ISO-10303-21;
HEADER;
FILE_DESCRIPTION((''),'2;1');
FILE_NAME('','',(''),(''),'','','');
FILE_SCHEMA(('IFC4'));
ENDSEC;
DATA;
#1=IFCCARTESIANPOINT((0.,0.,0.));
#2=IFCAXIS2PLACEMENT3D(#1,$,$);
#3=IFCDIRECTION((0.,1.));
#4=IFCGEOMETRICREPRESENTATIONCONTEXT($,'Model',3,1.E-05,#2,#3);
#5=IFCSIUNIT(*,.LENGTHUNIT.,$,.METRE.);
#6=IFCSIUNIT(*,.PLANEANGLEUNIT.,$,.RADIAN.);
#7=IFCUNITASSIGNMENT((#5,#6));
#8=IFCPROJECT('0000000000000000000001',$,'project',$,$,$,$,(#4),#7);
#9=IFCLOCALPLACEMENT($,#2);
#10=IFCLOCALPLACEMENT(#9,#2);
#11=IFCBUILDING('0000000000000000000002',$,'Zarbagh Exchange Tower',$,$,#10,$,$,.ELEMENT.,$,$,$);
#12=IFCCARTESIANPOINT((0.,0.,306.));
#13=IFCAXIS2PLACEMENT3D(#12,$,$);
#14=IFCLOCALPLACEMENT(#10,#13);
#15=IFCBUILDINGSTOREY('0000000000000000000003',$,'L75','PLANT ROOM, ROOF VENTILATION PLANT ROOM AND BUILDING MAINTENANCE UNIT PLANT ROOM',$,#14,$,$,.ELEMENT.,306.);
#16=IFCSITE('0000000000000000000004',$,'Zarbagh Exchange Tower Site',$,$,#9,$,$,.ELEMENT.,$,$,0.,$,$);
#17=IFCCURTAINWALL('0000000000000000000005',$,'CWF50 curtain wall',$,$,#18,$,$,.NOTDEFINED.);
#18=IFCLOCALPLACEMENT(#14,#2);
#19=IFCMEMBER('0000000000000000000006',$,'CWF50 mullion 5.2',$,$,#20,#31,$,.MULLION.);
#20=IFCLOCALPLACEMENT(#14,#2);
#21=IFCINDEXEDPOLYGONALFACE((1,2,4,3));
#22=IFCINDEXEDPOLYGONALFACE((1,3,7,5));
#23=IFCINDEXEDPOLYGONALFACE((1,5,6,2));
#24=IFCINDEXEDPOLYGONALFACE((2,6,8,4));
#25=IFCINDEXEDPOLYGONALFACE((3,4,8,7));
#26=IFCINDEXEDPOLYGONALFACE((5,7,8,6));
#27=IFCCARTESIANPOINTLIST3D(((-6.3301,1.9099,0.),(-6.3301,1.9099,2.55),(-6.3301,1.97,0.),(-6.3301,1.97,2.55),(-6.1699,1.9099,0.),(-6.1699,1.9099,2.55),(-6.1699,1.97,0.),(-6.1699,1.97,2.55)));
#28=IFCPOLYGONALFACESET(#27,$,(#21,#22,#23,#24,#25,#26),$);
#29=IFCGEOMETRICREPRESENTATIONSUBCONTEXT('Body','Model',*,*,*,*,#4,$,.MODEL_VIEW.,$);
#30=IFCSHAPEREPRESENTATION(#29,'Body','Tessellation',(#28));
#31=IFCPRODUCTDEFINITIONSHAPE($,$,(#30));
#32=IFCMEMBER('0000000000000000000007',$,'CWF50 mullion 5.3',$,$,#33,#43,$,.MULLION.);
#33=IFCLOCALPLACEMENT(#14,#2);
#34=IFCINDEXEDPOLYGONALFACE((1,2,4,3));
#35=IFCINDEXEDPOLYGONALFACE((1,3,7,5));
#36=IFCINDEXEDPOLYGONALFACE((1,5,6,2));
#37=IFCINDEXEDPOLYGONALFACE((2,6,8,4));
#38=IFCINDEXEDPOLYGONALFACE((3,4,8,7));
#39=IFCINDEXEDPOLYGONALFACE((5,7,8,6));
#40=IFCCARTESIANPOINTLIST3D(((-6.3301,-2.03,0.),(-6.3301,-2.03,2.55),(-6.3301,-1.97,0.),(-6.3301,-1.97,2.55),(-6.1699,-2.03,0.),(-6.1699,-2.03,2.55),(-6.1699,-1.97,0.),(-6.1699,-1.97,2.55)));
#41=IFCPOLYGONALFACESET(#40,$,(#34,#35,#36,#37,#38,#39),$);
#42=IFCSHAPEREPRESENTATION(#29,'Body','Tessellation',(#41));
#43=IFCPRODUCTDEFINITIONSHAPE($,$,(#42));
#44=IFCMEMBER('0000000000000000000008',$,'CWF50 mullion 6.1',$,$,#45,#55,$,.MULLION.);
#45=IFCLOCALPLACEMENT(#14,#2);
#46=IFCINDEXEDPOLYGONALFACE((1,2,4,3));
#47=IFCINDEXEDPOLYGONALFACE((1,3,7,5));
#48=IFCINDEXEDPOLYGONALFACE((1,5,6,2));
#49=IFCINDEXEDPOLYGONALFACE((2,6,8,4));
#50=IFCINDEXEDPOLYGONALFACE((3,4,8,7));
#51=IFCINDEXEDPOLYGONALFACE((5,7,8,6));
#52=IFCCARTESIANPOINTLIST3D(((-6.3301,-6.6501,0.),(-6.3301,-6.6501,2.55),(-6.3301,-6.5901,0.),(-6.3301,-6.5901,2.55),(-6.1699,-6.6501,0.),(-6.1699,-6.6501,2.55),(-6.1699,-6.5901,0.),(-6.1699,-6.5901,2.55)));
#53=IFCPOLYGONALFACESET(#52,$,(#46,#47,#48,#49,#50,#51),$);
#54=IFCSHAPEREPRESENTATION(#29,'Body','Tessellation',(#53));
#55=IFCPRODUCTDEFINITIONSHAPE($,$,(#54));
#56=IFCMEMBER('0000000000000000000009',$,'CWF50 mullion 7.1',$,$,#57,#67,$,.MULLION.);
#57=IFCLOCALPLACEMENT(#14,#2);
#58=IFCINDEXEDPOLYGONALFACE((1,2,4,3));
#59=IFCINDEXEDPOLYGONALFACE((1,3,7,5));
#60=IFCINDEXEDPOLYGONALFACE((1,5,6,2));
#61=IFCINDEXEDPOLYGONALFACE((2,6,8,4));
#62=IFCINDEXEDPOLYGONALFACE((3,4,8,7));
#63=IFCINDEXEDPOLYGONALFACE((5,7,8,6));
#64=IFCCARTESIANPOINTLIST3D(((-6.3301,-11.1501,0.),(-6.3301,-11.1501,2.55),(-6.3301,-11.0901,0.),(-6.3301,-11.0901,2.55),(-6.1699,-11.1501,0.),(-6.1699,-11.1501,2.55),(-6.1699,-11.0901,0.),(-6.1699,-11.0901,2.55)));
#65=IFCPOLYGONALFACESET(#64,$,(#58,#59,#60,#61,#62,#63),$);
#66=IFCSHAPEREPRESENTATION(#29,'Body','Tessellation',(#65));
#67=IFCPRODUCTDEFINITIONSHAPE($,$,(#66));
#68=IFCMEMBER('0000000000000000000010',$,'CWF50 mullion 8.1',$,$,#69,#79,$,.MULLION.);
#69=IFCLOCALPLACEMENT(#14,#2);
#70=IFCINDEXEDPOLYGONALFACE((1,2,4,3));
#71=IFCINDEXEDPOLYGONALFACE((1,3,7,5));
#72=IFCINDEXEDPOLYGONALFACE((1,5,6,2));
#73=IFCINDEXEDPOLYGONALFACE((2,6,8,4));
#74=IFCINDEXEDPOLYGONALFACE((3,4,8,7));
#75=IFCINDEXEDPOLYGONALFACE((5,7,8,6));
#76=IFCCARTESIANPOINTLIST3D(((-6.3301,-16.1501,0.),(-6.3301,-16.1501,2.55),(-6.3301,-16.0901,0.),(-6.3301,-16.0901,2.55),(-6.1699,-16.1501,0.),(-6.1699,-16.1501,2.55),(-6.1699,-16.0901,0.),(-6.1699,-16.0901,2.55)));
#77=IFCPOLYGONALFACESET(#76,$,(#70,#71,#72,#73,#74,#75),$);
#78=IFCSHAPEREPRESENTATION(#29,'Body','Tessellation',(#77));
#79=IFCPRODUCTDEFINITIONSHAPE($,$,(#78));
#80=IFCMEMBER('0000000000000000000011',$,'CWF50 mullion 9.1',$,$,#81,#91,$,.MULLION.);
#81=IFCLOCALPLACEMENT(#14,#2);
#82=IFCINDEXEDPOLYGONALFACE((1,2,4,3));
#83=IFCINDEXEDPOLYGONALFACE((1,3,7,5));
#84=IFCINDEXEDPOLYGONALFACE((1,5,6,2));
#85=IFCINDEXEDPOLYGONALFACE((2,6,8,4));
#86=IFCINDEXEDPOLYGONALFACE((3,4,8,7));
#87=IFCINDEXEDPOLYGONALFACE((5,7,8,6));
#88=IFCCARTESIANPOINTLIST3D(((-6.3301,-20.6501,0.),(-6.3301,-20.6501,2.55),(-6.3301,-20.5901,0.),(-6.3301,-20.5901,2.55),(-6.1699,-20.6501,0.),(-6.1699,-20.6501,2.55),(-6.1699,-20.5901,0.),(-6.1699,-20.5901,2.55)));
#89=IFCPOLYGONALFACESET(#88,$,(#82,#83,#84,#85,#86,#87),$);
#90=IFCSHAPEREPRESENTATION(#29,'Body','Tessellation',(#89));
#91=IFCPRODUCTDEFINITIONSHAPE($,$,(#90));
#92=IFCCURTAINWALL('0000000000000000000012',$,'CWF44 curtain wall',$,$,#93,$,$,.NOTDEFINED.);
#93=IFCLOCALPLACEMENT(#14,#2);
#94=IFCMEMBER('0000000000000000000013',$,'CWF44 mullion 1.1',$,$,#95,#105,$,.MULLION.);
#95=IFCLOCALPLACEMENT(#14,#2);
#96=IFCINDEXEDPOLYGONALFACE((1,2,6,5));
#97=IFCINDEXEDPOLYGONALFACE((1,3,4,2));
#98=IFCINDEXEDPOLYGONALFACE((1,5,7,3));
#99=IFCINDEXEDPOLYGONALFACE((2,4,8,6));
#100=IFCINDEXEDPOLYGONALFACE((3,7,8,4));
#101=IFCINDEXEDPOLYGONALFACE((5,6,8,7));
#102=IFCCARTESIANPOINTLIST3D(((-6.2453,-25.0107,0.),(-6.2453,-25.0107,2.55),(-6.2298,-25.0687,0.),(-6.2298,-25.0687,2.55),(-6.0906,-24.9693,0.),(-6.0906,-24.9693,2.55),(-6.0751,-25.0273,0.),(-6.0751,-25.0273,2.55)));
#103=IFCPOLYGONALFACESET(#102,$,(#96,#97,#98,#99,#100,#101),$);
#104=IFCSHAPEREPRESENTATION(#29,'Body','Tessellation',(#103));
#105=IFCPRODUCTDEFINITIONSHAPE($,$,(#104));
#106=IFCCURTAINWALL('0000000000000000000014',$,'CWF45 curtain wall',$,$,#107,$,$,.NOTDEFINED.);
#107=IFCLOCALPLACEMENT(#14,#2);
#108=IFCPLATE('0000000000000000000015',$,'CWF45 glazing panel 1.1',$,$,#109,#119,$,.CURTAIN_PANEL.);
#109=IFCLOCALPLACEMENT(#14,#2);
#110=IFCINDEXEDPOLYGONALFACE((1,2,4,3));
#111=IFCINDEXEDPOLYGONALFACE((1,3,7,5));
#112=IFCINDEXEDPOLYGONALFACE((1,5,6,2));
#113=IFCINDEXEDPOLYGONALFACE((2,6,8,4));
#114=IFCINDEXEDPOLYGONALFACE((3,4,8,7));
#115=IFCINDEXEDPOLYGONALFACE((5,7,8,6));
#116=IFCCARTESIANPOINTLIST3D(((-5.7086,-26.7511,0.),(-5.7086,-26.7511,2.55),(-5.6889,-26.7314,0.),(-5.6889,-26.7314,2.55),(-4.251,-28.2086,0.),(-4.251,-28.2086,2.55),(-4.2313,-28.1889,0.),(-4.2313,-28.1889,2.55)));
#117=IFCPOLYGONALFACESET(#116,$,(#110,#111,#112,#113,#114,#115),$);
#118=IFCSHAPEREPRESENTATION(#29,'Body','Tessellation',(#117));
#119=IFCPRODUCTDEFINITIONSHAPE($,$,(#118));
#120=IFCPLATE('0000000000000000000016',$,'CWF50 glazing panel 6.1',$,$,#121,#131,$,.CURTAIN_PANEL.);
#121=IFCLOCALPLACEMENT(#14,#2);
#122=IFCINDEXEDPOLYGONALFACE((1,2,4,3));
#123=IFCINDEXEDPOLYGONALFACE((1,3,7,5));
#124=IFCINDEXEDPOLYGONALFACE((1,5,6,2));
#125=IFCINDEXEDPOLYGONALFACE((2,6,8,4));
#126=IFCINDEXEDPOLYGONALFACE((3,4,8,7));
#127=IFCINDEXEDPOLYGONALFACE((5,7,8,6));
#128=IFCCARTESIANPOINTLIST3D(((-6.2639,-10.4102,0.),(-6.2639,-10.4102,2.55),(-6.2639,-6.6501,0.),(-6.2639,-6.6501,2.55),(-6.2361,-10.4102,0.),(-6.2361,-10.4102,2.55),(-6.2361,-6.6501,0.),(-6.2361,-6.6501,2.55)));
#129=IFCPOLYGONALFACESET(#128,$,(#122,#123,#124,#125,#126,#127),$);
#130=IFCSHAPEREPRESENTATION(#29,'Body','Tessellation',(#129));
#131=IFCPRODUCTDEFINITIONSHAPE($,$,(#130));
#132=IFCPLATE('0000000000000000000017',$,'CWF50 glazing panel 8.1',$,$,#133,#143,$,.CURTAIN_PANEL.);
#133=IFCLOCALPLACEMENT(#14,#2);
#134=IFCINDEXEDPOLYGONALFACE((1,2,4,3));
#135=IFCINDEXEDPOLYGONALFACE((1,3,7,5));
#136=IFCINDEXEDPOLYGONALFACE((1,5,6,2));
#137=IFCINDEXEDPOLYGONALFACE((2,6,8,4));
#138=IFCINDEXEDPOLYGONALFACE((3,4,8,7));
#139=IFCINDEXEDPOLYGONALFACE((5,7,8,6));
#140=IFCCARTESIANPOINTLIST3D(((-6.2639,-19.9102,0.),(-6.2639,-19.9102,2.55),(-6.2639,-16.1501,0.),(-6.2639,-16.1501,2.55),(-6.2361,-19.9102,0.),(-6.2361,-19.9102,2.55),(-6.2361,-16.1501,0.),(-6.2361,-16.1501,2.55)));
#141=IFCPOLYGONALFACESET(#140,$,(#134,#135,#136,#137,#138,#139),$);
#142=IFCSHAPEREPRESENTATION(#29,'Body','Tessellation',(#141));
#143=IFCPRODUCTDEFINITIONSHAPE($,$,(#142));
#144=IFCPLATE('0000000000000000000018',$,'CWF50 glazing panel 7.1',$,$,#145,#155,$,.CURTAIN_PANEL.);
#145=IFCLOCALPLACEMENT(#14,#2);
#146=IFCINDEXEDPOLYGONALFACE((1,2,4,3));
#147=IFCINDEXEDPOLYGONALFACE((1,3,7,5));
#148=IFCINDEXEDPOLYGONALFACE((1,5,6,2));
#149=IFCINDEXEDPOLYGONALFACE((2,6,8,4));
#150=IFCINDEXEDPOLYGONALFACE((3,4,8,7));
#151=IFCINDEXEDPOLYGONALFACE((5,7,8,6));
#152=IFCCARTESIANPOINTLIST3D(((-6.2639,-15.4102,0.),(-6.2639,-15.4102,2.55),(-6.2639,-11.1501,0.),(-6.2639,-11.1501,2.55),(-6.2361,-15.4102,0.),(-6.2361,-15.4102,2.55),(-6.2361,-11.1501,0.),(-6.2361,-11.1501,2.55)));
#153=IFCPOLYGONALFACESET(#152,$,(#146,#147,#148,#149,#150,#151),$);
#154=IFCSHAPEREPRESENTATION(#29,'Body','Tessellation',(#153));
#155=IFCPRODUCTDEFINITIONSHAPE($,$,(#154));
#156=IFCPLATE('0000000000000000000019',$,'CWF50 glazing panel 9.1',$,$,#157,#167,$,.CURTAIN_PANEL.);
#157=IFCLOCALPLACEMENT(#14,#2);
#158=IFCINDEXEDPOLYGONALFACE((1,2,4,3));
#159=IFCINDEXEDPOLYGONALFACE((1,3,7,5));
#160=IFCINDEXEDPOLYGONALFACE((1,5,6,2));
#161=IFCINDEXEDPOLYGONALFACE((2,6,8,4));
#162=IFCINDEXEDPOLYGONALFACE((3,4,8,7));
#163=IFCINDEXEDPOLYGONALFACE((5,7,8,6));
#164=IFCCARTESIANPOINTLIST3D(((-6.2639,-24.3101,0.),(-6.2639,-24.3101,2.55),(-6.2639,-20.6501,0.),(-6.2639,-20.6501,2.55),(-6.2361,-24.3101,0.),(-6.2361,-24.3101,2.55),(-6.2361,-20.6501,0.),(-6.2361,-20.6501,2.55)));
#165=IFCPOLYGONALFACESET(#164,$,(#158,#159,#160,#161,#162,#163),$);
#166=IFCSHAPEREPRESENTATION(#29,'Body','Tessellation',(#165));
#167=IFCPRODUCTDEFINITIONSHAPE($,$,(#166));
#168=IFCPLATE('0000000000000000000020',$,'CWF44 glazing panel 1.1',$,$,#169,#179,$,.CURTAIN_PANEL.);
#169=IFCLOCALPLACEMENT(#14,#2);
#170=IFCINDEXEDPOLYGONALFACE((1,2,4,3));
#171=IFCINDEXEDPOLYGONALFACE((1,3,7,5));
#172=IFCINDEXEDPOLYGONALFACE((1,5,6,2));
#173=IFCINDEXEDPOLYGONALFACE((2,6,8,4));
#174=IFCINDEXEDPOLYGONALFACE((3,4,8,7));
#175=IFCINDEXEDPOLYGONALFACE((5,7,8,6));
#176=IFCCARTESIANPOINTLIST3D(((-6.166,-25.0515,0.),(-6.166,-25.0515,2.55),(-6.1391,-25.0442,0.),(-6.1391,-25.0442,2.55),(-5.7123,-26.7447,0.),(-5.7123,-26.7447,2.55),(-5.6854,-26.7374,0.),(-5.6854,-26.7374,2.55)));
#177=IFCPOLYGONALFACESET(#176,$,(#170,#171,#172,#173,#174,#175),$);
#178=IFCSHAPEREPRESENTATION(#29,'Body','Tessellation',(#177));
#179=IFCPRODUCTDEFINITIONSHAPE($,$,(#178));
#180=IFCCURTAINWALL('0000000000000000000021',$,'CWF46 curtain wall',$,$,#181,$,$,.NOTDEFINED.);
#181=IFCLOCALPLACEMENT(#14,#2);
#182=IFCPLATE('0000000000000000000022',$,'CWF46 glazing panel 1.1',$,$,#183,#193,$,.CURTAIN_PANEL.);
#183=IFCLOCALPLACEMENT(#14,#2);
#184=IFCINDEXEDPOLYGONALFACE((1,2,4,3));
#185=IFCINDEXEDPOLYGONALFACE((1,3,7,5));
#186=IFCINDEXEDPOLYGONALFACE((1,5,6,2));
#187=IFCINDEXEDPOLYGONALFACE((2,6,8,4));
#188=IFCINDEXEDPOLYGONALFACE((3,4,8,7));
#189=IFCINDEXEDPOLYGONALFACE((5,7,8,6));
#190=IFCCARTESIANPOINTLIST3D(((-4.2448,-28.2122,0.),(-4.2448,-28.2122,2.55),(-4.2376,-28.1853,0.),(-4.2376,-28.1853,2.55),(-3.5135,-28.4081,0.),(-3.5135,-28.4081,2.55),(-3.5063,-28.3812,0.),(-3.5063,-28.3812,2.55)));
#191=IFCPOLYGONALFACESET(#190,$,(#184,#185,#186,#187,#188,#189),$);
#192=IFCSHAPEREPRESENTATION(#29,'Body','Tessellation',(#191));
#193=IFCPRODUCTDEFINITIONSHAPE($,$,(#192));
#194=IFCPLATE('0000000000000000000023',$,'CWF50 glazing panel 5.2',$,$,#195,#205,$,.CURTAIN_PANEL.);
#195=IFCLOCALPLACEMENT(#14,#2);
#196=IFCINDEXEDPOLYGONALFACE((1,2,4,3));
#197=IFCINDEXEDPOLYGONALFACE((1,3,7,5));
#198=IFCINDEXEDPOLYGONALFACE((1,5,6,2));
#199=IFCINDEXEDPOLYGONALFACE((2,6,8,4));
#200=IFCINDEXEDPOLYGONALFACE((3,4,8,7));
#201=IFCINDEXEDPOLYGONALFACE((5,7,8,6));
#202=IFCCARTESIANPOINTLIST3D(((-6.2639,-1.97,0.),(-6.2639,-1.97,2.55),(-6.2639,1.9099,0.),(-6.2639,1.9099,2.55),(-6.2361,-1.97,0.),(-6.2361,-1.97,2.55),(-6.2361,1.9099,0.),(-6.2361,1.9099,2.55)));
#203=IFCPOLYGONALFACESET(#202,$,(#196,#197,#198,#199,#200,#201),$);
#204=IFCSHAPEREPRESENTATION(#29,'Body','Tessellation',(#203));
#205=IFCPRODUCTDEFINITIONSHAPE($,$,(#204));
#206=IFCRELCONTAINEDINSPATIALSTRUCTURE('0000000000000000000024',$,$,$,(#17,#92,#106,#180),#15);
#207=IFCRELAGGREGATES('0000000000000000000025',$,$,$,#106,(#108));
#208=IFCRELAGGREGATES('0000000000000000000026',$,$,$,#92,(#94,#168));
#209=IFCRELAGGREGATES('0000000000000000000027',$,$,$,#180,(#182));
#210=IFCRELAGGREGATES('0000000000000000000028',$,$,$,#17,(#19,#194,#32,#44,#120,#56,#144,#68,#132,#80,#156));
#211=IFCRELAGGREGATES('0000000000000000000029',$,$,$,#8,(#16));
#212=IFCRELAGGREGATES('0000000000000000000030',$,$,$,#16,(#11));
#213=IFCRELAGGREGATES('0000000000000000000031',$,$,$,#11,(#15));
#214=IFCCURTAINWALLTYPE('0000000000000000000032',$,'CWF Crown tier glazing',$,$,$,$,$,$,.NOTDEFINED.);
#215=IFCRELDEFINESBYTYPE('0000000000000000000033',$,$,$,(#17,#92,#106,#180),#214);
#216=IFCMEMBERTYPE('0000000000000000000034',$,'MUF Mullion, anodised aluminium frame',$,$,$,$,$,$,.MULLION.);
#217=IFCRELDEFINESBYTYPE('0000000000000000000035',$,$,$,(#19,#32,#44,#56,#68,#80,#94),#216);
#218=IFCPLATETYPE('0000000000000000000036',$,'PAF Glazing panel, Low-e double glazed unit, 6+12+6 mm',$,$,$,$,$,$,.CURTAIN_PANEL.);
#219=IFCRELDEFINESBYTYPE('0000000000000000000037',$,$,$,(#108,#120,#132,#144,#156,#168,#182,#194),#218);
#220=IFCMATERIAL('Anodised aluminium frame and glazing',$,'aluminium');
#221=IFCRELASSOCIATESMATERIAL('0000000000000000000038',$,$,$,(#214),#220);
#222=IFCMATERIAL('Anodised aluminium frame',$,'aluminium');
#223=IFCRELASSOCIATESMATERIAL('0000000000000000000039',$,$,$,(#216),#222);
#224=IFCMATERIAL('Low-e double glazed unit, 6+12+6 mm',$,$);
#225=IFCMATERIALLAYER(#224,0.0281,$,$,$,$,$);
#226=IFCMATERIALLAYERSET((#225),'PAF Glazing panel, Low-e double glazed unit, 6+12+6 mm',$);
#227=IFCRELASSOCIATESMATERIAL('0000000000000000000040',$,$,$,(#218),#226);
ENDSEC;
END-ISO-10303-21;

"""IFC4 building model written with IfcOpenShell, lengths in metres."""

from ifc_helpers import new_model, si_unit, direction, frame, origin, place, context, subcontext, project, spatial, polyline, outline, extrude, source, transform, mapped, material, layer, layer_set, type_object, element, aggregate, save


model = new_model("IFC4")

# Units and contexts
model_context = context("Model", 3, precision=1e-05, world=origin(), true_north=direction((0.0, 1.0)))
body_context = subcontext(model_context, "Body", "Model", "MODEL_VIEW")
ifc_project = project(units=[si_unit("LENGTHUNIT", "METRE"), si_unit("PLANEANGLEUNIT", "RADIAN")], contexts=[model_context])

# Site, building, storey
site_placement = place(None, origin())
site = spatial("IfcSite", under=ifc_project, at=site_placement, Name="Zarbagh Exchange Tower Site", CompositionType="ELEMENT", RefElevation=0.0)
building_placement = place(site_placement, origin())
building = spatial("IfcBuilding", under=site, at=building_placement, Name="Zarbagh Exchange Tower", CompositionType="ELEMENT")
storey_placement = place(building_placement, frame((0.0, 0.0, 306.0)))
storey = spatial("IfcBuildingStorey", under=building, at=storey_placement, Name="L75", Description="PLANT ROOM, ROOF VENTILATION PLANT ROOM AND BUILDING MAINTENANCE UNIT PLANT ROOM", CompositionType="ELEMENT", Elevation=306.0)

# Curtain wall, members
ifc_material_1 = material(Name="Anodised aluminium frame and glazing", Category="aluminium")
curtain_wall_type = type_object("IfcCurtainWallType", Name="CWF Crown tier glazing", PredefinedType="NOTDEFINED", material=ifc_material_1)
curtain_wall_1_placement = place(storey_placement, origin())
curtain_wall_1 = element("IfcCurtainWall", 1, at=curtain_wall_1_placement, inside=storey, type_object=curtain_wall_type, Name="CWF50 curtain wall", PredefinedType="NOTDEFINED")
ifc_material_2 = material(Name="Anodised aluminium frame", Category="aluminium")
member_type = type_object("IfcMemberType", Name="MUF Mullion, anodised aluminium frame", PredefinedType="MULLION", material=ifc_material_2)
shared_shape_1 = source(origin(), body_context, "Body", "SweptSolid", [
    extrude(outline(polyline([(0.0, -0.0801), (0.0601, -0.0801), (0.0601, 0.0801), (0.0, 0.0801), (0.0, -0.0801)])), origin(), (0.0, 0.0, 1.0), 2.55),
])
placement = place(storey_placement, origin())
member_1 = element("IfcMember", 2, at=placement, type_object=member_type, Name="CWF50 mullion 5.2", PredefinedType="MULLION", context=body_context, shape_type="MappedRepresentation", body=[
    mapped(shared_shape_1, transform((-6.25, 1.97, 0.0), x_axis=(0.0, -1.0, 0.0), y_axis=(1.0, 0.0, 0.0), z_axis=(0.0, 0.0, 1.0))),
])
member_2 = element("IfcMember", 3, at=placement, type_object=member_type, Name="CWF50 mullion 5.3", PredefinedType="MULLION", context=body_context, shape_type="MappedRepresentation", body=[
    mapped(shared_shape_1, transform((-6.25, -1.97, 0.0), x_axis=(0.0, -1.0, 0.0), y_axis=(1.0, 0.0, 0.0), z_axis=(0.0, 0.0, 1.0))),
])
member_3 = element("IfcMember", 4, at=placement, type_object=member_type, Name="CWF50 mullion 6.1", PredefinedType="MULLION", context=body_context, shape_type="MappedRepresentation", body=[
    mapped(shared_shape_1, transform((-6.25, -6.5901, 0.0), x_axis=(0.0, -1.0, 0.0), y_axis=(1.0, 0.0, 0.0), z_axis=(0.0, 0.0, 1.0))),
])
member_4 = element("IfcMember", 5, at=placement, type_object=member_type, Name="CWF50 mullion 7.1", PredefinedType="MULLION", context=body_context, shape_type="MappedRepresentation", body=[
    mapped(shared_shape_1, transform((-6.25, -11.0901, 0.0), x_axis=(0.0, -1.0, 0.0), y_axis=(1.0, 0.0, 0.0), z_axis=(0.0, 0.0, 1.0))),
])
member_5 = element("IfcMember", 6, at=placement, type_object=member_type, Name="CWF50 mullion 8.1", PredefinedType="MULLION", context=body_context, shape_type="MappedRepresentation", body=[
    mapped(shared_shape_1, transform((-6.25, -16.0901, 0.0), x_axis=(0.0, -1.0, 0.0), y_axis=(1.0, 0.0, 0.0), z_axis=(0.0, 0.0, 1.0))),
])
member_6 = element("IfcMember", 7, at=placement, type_object=member_type, Name="CWF50 mullion 9.1", PredefinedType="MULLION", context=body_context, shape_type="MappedRepresentation", body=[
    mapped(shared_shape_1, transform((-6.25, -20.5901, 0.0), x_axis=(0.0, -1.0, 0.0), y_axis=(1.0, 0.0, 0.0), z_axis=(0.0, 0.0, 1.0))),
])

# Curtain wall, member
curtain_wall_2_placement = place(storey_placement, origin())
curtain_wall_2 = element("IfcCurtainWall", 8, at=curtain_wall_2_placement, inside=storey, type_object=curtain_wall_type, Name="CWF44 curtain wall", PredefinedType="NOTDEFINED")
member_7 = element("IfcMember", 9, at=placement, type_object=member_type, Name="CWF44 mullion 1.1", PredefinedType="MULLION", context=body_context, shape_type="MappedRepresentation", body=[
    mapped(shared_shape_1, transform((-6.168, -24.99, 0.0), x_axis=(0.258825, -0.965924, 0.0), y_axis=(0.965924, 0.258825, 0.0), z_axis=(0.0, 0.0, 1.0))),
])

# Curtain wall, plate
curtain_wall_3_placement = place(storey_placement, origin())
curtain_wall_3 = element("IfcCurtainWall", 10, at=curtain_wall_3_placement, inside=storey, type_object=curtain_wall_type, Name="CWF45 curtain wall", PredefinedType="NOTDEFINED")
ifc_material_3 = material(Name="Low-e double glazed unit, 6+12+6 mm")
ifc_layer_1 = layer(ifc_material_3, 0.0281)
ifc_layer_set_1 = layer_set([ifc_layer_1], Name="PAF Glazing panel, Low-e double glazed unit, 6+12+6 mm")
plate_type = type_object("IfcPlateType", Name="PAF Glazing panel, Low-e double glazed unit, 6+12+6 mm", PredefinedType="CURTAIN_PANEL", material=ifc_layer_set_1)
shared_shape_2 = source(origin(), body_context, "Body", "SweptSolid", [
    extrude(outline(polyline([(0.0, -0.0139), (2.0613, -0.0139), (2.0613, 0.0139), (0.0, 0.0139), (0.0, -0.0139)])), origin(), (0.0, 0.0, 1.0), 2.55),
])
plate_1 = element("IfcPlate", 11, at=placement, type_object=plate_type, Name="CWF45 glazing panel 1.1", PredefinedType="CURTAIN_PANEL", context=body_context, shape_type="MappedRepresentation", body=[
    mapped(shared_shape_2, transform((-5.6987, -26.7412, 0.0), x_axis=(0.707107, -0.707107, 0.0), y_axis=(0.707107, 0.707107, 0.0), z_axis=(0.0, 0.0, 1.0))),
])
aggregate(curtain_wall_3, [plate_1])

# Plates
shared_shape_3 = source(origin(), body_context, "Body", "SweptSolid", [
    extrude(outline(polyline([(0.0, -0.0139), (3.76, -0.0139), (3.76, 0.0139), (0.0, 0.0139), (0.0, -0.0139)])), origin(), (0.0, 0.0, 1.0), 2.55),
])
plate_2 = element("IfcPlate", 12, at=placement, type_object=plate_type, Name="CWF50 glazing panel 6.1", PredefinedType="CURTAIN_PANEL", context=body_context, shape_type="MappedRepresentation", body=[
    mapped(shared_shape_3, transform((-6.25, -6.6501, 0.0), x_axis=(0.0, -1.0, 0.0), y_axis=(1.0, 0.0, 0.0), z_axis=(0.0, 0.0, 1.0))),
])
plate_3 = element("IfcPlate", 13, at=placement, type_object=plate_type, Name="CWF50 glazing panel 8.1", PredefinedType="CURTAIN_PANEL", context=body_context, shape_type="MappedRepresentation", body=[
    mapped(shared_shape_3, transform((-6.25, -16.1501, 0.0), x_axis=(0.0, -1.0, 0.0), y_axis=(1.0, 0.0, 0.0), z_axis=(0.0, 0.0, 1.0))),
])
shared_shape_4 = source(origin(), body_context, "Body", "SweptSolid", [
    extrude(outline(polyline([(0.0, -0.0139), (4.26, -0.0139), (4.26, 0.0139), (0.0, 0.0139), (0.0, -0.0139)])), origin(), (0.0, 0.0, 1.0), 2.55),
])
plate_4 = element("IfcPlate", 14, at=placement, type_object=plate_type, Name="CWF50 glazing panel 7.1", PredefinedType="CURTAIN_PANEL", context=body_context, shape_type="MappedRepresentation", body=[
    mapped(shared_shape_4, transform((-6.25, -11.1501, 0.0), x_axis=(0.0, -1.0, 0.0), y_axis=(1.0, 0.0, 0.0), z_axis=(0.0, 0.0, 1.0))),
])
shared_shape_5 = source(origin(), body_context, "Body", "SweptSolid", [
    extrude(outline(polyline([(0.0, -0.0139), (3.6599, -0.0139), (3.6599, 0.0139), (0.0, 0.0139), (0.0, -0.0139)])), origin(), (0.0, 0.0, 1.0), 2.55),
])
plate_5 = element("IfcPlate", 15, at=placement, type_object=plate_type, Name="CWF50 glazing panel 9.1", PredefinedType="CURTAIN_PANEL", context=body_context, shape_type="MappedRepresentation", body=[
    mapped(shared_shape_5, transform((-6.25, -20.6501, 0.0), x_axis=(0.0, -1.0, 0.0), y_axis=(1.0, 0.0, 0.0), z_axis=(0.0, 0.0, 1.0))),
])
shared_shape_6 = source(origin(), body_context, "Body", "SweptSolid", [
    extrude(outline(polyline([(0.0, -0.0139), (1.7529, -0.0139), (1.7529, 0.0139), (0.0, 0.0139), (0.0, -0.0139)])), origin(), (0.0, 0.0, 1.0), 2.55),
])
plate_6 = element("IfcPlate", 16, at=placement, type_object=plate_type, Name="CWF44 glazing panel 1.1", PredefinedType="CURTAIN_PANEL", context=body_context, shape_type="MappedRepresentation", body=[
    mapped(shared_shape_6, transform((-6.1526, -25.0479, 0.0), x_axis=(0.258825, -0.965924, 0.0), y_axis=(0.965924, 0.258825, 0.0), z_axis=(0.0, 0.0, 1.0))),
])
aggregate(curtain_wall_2, [member_7, plate_6])

# Curtain wall, plate
curtain_wall_4_placement = place(storey_placement, origin())
curtain_wall_4 = element("IfcCurtainWall", 17, at=curtain_wall_4_placement, inside=storey, type_object=curtain_wall_type, Name="CWF46 curtain wall", PredefinedType="NOTDEFINED")
shared_shape_7 = source(origin(), body_context, "Body", "SweptSolid", [
    extrude(outline(polyline([(0.0, -0.0139), (0.7571, -0.0139), (0.7571, 0.0139), (0.0, 0.0139), (0.0, -0.0139)])), origin(), (0.0, 0.0, 1.0), 2.55),
])
plate_7 = element("IfcPlate", 18, at=placement, type_object=plate_type, Name="CWF46 glazing panel 1.1", PredefinedType="CURTAIN_PANEL", context=body_context, shape_type="MappedRepresentation", body=[
    mapped(shared_shape_7, transform((-4.2412, -28.1987, 0.0), x_axis=(0.965924, -0.258825, 0.0), y_axis=(0.258825, 0.965924, 0.0), z_axis=(0.0, 0.0, 1.0))),
])
aggregate(curtain_wall_4, [plate_7])

# Plate
shared_shape_8 = source(origin(), body_context, "Body", "SweptSolid", [
    extrude(outline(polyline([(0.0, -0.0139), (3.8799, -0.0139), (3.8799, 0.0139), (0.0, 0.0139), (0.0, -0.0139)])), origin(), (0.0, 0.0, 1.0), 2.55),
])
plate_8 = element("IfcPlate", 19, at=placement, type_object=plate_type, Name="CWF50 glazing panel 5.2", PredefinedType="CURTAIN_PANEL", context=body_context, shape_type="MappedRepresentation", body=[
    mapped(shared_shape_8, transform((-6.25, 1.9099, 0.0), x_axis=(0.0, -1.0, 0.0), y_axis=(1.0, 0.0, 0.0), z_axis=(0.0, 0.0, 1.0))),
])
aggregate(curtain_wall_1, [member_1, plate_8, member_2, member_3, plate_2, member_4, plate_4, member_5, plate_3, member_6, plate_5])

save(model, "model.ifc")
